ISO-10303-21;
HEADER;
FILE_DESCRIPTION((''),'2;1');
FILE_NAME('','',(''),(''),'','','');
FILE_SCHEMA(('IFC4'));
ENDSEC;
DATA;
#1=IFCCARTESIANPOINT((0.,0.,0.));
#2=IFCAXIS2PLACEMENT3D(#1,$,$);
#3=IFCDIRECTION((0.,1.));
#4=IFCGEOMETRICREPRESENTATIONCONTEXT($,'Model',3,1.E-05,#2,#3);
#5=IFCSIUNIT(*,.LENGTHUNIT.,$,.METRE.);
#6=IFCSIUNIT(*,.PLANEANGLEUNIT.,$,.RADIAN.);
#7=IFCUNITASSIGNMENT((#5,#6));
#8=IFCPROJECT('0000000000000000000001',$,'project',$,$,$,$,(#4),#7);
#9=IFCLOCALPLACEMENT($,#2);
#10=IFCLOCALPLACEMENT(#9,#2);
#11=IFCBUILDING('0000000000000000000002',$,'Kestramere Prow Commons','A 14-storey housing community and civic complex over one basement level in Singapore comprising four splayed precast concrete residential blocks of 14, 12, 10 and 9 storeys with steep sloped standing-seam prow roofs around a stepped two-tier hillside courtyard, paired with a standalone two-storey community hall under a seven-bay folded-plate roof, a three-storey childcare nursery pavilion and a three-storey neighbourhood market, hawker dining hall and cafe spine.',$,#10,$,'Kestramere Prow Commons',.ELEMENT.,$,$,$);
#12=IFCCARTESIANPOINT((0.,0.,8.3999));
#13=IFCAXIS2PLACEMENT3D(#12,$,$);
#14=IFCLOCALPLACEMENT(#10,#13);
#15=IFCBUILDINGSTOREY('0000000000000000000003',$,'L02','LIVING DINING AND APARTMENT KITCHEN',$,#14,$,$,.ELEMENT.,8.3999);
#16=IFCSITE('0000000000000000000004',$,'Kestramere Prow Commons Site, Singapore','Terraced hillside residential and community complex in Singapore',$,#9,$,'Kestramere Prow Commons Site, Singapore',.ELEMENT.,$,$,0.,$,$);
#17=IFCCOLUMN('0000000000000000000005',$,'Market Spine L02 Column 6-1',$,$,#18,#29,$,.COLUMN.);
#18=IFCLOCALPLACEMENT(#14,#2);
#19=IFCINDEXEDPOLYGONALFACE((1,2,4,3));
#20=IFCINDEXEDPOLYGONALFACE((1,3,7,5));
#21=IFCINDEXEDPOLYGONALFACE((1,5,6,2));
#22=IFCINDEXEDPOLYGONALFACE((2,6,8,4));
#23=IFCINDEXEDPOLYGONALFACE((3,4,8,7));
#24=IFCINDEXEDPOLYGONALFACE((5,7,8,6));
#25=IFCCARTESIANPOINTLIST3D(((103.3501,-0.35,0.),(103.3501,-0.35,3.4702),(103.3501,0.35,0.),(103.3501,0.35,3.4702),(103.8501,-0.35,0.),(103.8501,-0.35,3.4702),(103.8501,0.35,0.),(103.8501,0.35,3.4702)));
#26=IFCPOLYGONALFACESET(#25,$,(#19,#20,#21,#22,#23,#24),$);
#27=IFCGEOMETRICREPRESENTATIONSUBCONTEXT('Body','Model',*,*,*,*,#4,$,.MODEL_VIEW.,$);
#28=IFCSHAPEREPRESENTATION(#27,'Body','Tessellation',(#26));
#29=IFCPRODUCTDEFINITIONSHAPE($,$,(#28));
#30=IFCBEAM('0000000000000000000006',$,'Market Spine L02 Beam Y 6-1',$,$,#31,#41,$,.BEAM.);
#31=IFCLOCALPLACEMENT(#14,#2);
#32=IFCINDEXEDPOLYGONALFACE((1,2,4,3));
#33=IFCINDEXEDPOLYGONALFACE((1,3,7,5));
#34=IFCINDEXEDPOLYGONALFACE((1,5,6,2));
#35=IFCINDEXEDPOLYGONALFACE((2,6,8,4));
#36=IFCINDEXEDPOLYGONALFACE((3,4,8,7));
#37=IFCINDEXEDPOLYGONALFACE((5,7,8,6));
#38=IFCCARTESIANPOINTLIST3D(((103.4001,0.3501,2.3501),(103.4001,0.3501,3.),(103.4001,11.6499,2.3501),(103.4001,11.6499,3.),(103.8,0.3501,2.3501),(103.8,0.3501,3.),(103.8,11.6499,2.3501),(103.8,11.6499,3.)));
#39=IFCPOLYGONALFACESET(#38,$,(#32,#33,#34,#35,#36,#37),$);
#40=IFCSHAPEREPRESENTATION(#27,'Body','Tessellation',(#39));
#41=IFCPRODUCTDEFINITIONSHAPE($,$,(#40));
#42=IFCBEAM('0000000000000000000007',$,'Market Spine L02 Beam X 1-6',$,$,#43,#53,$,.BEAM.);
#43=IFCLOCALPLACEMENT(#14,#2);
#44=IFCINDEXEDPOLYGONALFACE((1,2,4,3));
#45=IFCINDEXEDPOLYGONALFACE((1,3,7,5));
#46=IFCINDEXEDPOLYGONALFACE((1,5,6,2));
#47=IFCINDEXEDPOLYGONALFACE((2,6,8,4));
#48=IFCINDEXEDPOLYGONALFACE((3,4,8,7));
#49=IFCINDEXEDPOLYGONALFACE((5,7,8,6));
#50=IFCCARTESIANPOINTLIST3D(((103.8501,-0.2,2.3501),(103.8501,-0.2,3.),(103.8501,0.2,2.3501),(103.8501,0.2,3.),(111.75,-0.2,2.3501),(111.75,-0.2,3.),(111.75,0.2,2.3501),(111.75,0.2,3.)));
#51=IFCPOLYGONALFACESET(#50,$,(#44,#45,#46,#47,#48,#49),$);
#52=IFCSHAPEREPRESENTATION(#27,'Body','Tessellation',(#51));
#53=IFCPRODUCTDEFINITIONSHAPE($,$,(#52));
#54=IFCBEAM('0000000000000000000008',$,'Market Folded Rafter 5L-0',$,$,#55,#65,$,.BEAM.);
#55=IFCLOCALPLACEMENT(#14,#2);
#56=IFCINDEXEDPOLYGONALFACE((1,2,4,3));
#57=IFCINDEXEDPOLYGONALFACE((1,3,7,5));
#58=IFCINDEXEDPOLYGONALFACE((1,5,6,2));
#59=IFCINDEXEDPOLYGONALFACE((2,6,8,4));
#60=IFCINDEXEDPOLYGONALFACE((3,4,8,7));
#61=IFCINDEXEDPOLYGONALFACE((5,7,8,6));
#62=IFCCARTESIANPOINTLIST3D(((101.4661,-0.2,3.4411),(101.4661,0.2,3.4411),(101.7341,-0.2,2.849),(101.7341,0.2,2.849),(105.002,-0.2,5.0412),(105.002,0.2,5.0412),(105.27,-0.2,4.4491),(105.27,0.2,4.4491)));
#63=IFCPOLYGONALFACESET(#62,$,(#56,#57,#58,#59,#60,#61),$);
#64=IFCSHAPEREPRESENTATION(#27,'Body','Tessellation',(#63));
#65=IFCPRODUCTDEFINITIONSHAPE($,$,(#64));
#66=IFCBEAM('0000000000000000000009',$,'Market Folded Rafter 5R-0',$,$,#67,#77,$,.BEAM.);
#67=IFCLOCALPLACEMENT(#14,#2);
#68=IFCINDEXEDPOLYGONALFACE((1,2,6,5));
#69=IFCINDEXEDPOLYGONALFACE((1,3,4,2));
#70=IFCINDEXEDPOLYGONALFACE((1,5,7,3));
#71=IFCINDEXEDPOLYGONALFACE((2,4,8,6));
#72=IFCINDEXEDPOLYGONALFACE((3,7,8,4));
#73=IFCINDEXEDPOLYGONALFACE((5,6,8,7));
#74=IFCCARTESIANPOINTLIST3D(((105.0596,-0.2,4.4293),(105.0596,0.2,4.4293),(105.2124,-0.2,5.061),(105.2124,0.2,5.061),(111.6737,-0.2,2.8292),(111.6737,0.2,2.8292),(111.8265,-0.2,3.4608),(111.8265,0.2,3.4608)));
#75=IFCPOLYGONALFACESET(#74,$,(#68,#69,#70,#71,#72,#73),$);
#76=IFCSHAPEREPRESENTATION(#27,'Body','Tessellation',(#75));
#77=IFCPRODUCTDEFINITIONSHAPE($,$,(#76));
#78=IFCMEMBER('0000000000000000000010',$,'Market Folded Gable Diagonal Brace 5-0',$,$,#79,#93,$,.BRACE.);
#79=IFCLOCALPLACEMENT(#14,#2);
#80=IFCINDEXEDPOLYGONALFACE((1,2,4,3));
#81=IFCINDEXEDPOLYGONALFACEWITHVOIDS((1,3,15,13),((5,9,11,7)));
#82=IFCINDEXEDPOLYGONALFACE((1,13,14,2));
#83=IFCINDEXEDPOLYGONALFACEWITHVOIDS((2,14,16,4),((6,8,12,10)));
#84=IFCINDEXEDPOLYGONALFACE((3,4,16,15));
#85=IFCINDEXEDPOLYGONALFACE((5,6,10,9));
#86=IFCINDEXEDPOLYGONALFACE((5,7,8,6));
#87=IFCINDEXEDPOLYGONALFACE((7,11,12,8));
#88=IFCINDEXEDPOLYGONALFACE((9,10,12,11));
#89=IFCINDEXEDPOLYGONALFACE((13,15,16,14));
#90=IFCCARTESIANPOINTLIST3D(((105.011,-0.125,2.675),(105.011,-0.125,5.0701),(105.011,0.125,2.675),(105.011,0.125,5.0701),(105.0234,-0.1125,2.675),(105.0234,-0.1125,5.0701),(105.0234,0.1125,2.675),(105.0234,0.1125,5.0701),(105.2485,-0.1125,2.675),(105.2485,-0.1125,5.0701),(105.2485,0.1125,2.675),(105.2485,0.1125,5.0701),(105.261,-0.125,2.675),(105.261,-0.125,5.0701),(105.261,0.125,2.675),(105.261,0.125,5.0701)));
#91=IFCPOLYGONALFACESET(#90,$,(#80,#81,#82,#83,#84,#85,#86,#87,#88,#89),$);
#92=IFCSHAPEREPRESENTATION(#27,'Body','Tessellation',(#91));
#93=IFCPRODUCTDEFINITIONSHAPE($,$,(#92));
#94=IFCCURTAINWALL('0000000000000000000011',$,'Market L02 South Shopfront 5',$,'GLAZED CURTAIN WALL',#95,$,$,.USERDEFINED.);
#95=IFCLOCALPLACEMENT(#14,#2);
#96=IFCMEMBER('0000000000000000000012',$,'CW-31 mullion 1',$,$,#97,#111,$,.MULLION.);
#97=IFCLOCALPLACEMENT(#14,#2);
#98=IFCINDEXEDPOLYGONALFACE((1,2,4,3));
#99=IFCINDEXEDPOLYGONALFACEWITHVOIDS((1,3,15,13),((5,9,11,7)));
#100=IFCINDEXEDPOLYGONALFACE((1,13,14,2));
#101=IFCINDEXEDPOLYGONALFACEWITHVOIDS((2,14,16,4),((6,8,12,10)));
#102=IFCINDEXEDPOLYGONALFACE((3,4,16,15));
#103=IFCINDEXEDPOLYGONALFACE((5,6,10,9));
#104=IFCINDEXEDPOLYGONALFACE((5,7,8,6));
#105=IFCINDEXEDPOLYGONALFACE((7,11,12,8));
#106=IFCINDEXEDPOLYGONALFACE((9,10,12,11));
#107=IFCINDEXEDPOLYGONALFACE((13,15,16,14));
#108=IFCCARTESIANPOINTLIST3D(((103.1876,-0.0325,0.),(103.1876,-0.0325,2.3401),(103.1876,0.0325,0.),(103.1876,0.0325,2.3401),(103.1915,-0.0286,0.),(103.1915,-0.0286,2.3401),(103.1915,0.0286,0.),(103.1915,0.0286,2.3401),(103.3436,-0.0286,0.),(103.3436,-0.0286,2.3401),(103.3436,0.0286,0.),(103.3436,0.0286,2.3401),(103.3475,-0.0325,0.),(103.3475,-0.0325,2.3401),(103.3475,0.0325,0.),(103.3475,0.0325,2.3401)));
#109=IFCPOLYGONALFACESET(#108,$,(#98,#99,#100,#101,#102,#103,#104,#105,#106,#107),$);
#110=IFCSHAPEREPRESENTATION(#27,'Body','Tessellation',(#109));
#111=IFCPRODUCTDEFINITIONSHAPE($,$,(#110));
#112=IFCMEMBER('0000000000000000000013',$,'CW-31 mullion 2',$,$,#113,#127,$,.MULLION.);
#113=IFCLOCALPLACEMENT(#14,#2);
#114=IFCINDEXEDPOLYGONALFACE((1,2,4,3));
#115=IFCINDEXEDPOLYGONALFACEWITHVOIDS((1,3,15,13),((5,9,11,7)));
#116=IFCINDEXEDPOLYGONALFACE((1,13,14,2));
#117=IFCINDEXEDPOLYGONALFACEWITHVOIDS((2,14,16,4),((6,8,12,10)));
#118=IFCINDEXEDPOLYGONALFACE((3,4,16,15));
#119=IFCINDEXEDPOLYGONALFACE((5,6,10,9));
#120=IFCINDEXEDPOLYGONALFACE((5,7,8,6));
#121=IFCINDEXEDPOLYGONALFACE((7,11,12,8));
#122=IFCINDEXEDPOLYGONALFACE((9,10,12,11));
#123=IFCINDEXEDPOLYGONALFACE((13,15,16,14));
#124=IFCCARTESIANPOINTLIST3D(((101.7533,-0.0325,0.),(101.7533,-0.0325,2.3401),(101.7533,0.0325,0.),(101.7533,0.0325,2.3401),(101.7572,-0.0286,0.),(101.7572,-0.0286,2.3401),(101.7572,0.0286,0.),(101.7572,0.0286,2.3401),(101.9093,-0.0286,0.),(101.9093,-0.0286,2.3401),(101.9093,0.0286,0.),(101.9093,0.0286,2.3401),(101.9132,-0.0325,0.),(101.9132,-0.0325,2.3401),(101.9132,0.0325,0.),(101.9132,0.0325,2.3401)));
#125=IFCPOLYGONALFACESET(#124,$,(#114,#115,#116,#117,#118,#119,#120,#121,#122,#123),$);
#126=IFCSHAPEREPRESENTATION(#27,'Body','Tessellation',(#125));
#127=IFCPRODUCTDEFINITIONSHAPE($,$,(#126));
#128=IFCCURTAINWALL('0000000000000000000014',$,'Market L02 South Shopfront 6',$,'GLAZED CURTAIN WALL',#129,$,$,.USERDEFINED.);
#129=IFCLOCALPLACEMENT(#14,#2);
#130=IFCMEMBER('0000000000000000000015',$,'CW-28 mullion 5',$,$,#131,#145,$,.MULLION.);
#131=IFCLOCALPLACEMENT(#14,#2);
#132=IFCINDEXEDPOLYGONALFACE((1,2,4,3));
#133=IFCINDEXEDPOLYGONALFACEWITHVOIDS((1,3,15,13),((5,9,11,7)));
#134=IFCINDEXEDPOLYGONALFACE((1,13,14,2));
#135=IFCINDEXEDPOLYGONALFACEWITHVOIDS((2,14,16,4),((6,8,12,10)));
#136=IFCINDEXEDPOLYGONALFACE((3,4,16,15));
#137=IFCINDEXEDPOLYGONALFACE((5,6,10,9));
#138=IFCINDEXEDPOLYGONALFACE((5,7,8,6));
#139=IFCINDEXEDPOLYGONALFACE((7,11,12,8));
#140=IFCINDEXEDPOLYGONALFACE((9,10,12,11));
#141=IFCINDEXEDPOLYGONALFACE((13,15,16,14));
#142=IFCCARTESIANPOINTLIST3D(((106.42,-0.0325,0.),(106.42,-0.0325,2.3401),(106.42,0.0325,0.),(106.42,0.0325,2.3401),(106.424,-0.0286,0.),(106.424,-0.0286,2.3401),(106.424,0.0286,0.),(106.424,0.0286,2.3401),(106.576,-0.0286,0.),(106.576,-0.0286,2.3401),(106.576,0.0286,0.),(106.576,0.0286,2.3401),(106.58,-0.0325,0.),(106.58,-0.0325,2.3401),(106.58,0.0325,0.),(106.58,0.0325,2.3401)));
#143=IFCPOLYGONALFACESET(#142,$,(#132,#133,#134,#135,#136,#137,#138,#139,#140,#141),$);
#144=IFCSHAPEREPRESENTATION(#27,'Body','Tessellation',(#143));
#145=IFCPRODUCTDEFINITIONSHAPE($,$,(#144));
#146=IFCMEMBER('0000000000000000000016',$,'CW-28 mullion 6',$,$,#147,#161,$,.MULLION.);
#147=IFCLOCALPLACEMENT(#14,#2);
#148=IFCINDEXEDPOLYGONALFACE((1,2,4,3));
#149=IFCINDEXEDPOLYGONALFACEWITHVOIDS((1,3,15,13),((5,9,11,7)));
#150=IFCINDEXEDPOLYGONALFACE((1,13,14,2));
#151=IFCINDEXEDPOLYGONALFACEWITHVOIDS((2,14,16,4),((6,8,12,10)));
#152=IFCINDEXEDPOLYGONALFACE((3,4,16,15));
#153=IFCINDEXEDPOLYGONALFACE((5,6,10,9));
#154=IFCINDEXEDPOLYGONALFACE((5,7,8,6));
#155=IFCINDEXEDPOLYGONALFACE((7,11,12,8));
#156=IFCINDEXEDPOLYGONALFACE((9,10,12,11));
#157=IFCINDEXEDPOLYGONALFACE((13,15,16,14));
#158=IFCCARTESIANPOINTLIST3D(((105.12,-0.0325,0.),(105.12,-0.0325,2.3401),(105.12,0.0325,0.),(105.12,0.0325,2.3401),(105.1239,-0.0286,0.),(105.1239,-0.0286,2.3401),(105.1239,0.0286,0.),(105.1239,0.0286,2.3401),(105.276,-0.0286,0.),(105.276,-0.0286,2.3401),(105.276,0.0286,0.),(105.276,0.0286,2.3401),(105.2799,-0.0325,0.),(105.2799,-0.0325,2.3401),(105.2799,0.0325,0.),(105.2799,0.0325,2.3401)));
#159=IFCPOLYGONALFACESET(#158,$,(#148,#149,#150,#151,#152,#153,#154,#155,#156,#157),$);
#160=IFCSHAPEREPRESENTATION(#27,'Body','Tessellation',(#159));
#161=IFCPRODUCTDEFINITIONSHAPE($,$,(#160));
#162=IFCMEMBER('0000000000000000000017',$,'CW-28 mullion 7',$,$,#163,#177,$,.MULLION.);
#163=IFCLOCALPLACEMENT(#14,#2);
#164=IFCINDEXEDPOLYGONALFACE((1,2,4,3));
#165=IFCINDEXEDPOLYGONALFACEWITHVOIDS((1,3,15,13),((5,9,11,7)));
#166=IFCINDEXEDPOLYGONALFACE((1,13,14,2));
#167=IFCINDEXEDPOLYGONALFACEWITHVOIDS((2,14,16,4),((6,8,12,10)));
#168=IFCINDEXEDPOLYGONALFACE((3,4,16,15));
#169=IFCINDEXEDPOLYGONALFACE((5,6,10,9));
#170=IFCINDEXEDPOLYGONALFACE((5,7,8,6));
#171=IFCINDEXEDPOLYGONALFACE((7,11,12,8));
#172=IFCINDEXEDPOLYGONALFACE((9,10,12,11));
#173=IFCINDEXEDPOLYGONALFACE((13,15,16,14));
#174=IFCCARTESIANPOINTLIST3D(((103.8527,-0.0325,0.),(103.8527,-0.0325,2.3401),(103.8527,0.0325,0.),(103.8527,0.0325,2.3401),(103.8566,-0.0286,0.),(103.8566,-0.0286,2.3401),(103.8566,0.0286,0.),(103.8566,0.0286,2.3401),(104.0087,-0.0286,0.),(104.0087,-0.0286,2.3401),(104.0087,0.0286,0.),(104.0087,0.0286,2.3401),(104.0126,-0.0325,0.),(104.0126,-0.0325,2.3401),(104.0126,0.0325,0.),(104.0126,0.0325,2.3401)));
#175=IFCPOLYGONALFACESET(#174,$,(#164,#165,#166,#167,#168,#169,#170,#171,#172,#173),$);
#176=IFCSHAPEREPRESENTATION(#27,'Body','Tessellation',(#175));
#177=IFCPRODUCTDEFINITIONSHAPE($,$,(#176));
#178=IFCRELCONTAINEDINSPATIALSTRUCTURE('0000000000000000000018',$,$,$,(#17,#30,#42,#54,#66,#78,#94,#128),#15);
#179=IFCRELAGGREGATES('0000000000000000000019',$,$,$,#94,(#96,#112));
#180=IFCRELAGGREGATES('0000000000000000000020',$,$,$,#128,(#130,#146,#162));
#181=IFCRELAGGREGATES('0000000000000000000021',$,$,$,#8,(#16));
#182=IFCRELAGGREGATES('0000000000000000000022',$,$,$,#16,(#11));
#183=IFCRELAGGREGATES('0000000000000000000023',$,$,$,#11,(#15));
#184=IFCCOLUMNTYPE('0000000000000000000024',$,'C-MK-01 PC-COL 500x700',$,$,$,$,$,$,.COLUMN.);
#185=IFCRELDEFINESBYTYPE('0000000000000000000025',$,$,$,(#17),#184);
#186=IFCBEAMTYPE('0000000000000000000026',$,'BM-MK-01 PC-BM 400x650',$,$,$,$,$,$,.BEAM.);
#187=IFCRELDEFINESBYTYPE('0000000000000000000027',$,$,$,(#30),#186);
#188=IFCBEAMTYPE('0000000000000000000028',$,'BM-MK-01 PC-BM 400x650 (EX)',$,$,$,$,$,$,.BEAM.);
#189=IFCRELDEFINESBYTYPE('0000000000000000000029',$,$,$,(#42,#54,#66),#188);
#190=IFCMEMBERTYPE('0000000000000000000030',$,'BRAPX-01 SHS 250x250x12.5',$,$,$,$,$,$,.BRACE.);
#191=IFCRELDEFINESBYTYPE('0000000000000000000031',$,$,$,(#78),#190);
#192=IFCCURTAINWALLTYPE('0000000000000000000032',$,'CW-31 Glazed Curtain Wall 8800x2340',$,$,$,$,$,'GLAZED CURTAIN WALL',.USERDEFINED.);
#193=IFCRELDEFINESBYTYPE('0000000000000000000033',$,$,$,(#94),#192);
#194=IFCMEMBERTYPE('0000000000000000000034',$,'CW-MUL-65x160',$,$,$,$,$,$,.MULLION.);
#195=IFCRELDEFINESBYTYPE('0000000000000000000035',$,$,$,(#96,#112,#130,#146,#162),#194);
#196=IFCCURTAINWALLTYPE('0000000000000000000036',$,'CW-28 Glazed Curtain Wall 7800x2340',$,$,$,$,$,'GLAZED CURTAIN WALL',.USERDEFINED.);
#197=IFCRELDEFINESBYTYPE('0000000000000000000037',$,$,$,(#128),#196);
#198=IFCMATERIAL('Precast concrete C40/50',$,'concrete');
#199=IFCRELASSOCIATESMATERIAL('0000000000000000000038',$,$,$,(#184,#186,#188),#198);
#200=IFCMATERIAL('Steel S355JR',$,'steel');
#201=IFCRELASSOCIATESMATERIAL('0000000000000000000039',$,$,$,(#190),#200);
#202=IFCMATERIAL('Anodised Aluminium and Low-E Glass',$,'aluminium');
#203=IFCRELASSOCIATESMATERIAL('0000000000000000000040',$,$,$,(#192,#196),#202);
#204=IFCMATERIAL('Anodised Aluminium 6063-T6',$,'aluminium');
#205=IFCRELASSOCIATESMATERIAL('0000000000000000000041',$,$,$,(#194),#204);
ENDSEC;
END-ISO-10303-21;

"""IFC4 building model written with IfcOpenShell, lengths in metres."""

from ifc_helpers import new_model, si_unit, direction, frame, origin, origin_2d, place, context, subcontext, project, spatial, rectangle, hollow_rectangle, extrude, material, material_profile, profile_set, type_object, element, aggregate, save


model = new_model("IFC4")

# Units and contexts
model_context = context("Model", 3, precision=1e-05, world=origin(), true_north=direction((0.0, 1.0)))
body_context = subcontext(model_context, "Body", "Model", "MODEL_VIEW")
ifc_project = project(units=[si_unit("LENGTHUNIT", "METRE"), si_unit("PLANEANGLEUNIT", "RADIAN")], contexts=[model_context])

# Site, building, storey
site_placement = place(None, origin())
site = spatial("IfcSite", under=ifc_project, at=site_placement, Name="Kestramere Prow Commons Site, Singapore", Description="Terraced hillside residential and community complex in Singapore", LongName="Kestramere Prow Commons Site, Singapore", CompositionType="ELEMENT", RefElevation=0.0)
building_placement = place(site_placement, origin())
building = spatial("IfcBuilding", under=site, at=building_placement, Name="Kestramere Prow Commons", Description="A 14-storey housing community and civic complex over one basement level in Singapore comprising four splayed precast concrete residential blocks of 14, 12, 10 and 9 storeys with steep sloped standing-seam prow roofs around a stepped two-tier hillside courtyard, paired with a standalone two-storey community hall under a seven-bay folded-plate roof, a three-storey childcare nursery pavilion and a three-storey neighbourhood market, hawker dining hall and cafe spine.", LongName="Kestramere Prow Commons", CompositionType="ELEMENT")
storey_placement = place(building_placement, frame((0.0, 0.0, 8.3999)))
storey = spatial("IfcBuildingStorey", under=building, at=storey_placement, Name="L02", Description="LIVING DINING AND APARTMENT KITCHEN", CompositionType="ELEMENT", Elevation=8.3999)

# Column
ifc_material_1 = material(Name="Precast concrete C40/50", Category="concrete")
ifc_material_profile_1 = material_profile(ifc_material_1, rectangle(XDim=0.5, YDim=0.7, at=origin_2d()), Name="PC-COL 500x700")
ifc_profile_set_1 = profile_set([ifc_material_profile_1], Name="Precast concrete C40/50")
column_type = type_object("IfcColumnType", Name="C-MK-01 PC-COL 500x700", PredefinedType="COLUMN", material=ifc_profile_set_1)
column_placement = place(storey_placement, frame((103.6001, 0.0, 0.0), z_axis=(0.0, 0.0, 1.0), x_axis=(1.0, 0.0, 0.0)))
element("IfcColumn", 1, at=column_placement, inside=storey, type_object=column_type, Name="Market Spine L02 Column 6-1", PredefinedType="COLUMN", context=body_context, shape_type="SweptSolid", body=[
    extrude(rectangle(XDim=0.5, YDim=0.7, at=origin_2d()), origin(), (0.0, 0.0, 1.0), 3.4702),
])

# Beams
ifc_material_profile_2 = material_profile(ifc_material_1, rectangle(XDim=0.3999, YDim=0.6499, at=origin_2d()), Name="PC-BM 400x650")
ifc_profile_set_2 = profile_set([ifc_material_profile_2], Name="Precast concrete C40/50")
beam_type_1 = type_object("IfcBeamType", Name="BM-MK-01 PC-BM 400x650", PredefinedType="BEAM", material=ifc_profile_set_2)
beam_1_placement = place(storey_placement, frame((103.6001, 0.3501, 2.675), z_axis=(0.0, 1.0, 0.0), x_axis=(-1.0, 0.0, 0.0)))
element("IfcBeam", 2, at=beam_1_placement, inside=storey, type_object=beam_type_1, Name="Market Spine L02 Beam Y 6-1", PredefinedType="BEAM", context=body_context, shape_type="SweptSolid", body=[
    extrude(rectangle(XDim=0.3999, YDim=0.6499, at=origin_2d()), origin(), (0.0, 0.0, 1.0), 11.2998),
])
ifc_material_profile_3 = material_profile(ifc_material_1, rectangle(XDim=0.3999, YDim=0.6499, at=origin_2d()), Name="PC-BM 400x650")
ifc_profile_set_3 = profile_set([ifc_material_profile_3], Name="Precast concrete C40/50")
beam_type_2 = type_object("IfcBeamType", Name="BM-MK-01 PC-BM 400x650 (EX)", PredefinedType="BEAM", material=ifc_profile_set_3)
beam_2_placement = place(storey_placement, frame((103.8501, 0.0, 2.675), z_axis=(1.0, 0.0, 0.0), x_axis=(0.0, 1.0, 0.0)))
element("IfcBeam", 3, at=beam_2_placement, inside=storey, type_object=beam_type_2, Name="Market Spine L02 Beam X 1-6", PredefinedType="BEAM", context=body_context, shape_type="SweptSolid", body=[
    extrude(rectangle(XDim=0.3999, YDim=0.6499, at=origin_2d()), origin(), (0.0, 0.0, 1.0), 7.8999),
])
beam_3_placement = place(storey_placement, frame((101.6001, 0.0, 3.145), z_axis=(0.911057, 0.0, 0.412281), x_axis=(0.0, 1.0, 0.0)))
element("IfcBeam", 4, at=beam_3_placement, inside=storey, type_object=beam_type_2, Name="Market Folded Rafter 5L-0", PredefinedType="BEAM", context=body_context, shape_type="SweptSolid", body=[
    extrude(rectangle(XDim=0.3999, YDim=0.6499, at=origin_2d()), origin(), (0.0, 0.0, 1.0), 3.8811),
])
beam_4_placement = place(storey_placement, frame((105.136, 0.0, 4.7451), z_axis=(0.971961, 0.0, -0.235142), x_axis=(0.0, 1.0, 0.0)))
element("IfcBeam", 5, at=beam_4_placement, inside=storey, type_object=beam_type_2, Name="Market Folded Rafter 5R-0", PredefinedType="BEAM", context=body_context, shape_type="SweptSolid", body=[
    extrude(rectangle(XDim=0.3999, YDim=0.6499, at=origin_2d()), origin(), (0.0, 0.0, 1.0), 6.8049),
])

# Member
ifc_material_2 = material(Name="Steel S355JR", Category="steel")
ifc_material_profile_4 = material_profile(ifc_material_2, hollow_rectangle(XDim=0.25, YDim=0.25, WallThickness=0.0125, at=origin_2d()), Name="SHS 250x250x12.5")
ifc_profile_set_4 = profile_set([ifc_material_profile_4], Name="Steel S355JR")
member_type_1 = type_object("IfcMemberType", Name="BRAPX-01 SHS 250x250x12.5", PredefinedType="BRACE", material=ifc_profile_set_4)
member_1_placement = place(storey_placement, frame((105.136, 0.0, 2.675), z_axis=(0.0, 0.0, 1.0), x_axis=(1.0, 0.0, 0.0)))
element("IfcMember", 6, at=member_1_placement, inside=storey, type_object=member_type_1, Name="Market Folded Gable Diagonal Brace 5-0", PredefinedType="BRACE", context=body_context, shape_type="SweptSolid", body=[
    extrude(hollow_rectangle(XDim=0.25, YDim=0.25, WallThickness=0.0125, at=origin_2d()), origin(), (0.0, 0.0, 1.0), 2.395),
])

# Curtain walls, members
ifc_material_3 = material(Name="Anodised Aluminium and Low-E Glass", Category="aluminium")
curtain_wall_type_1 = type_object("IfcCurtainWallType", Name="CW-31 Glazed Curtain Wall 8800x2340", ElementType="GLAZED CURTAIN WALL", PredefinedType="USERDEFINED", material=ifc_material_3)
curtain_wall_1_placement = place(storey_placement, origin())
curtain_wall_1 = element("IfcCurtainWall", 7, at=curtain_wall_1_placement, inside=storey, type_object=curtain_wall_type_1, Name="Market L02 South Shopfront 5", ObjectType="GLAZED CURTAIN WALL", PredefinedType="USERDEFINED")
ifc_material_4 = material(Name="Anodised Aluminium 6063-T6", Category="aluminium")
ifc_material_profile_5 = material_profile(ifc_material_4, hollow_rectangle(XDim=0.0649, YDim=0.1599, WallThickness=0.0039, at=origin_2d()), Name="ALU-MUL 65x160")
ifc_profile_set_5 = profile_set([ifc_material_profile_5], Name="Anodised Aluminium 6063-T6")
member_type_2 = type_object("IfcMemberType", Name="CW-MUL-65x160", PredefinedType="MULLION", material=ifc_profile_set_5)
member_2_placement = place(storey_placement, frame((103.2676, 0.0, 0.0), z_axis=(0.0, 0.0, 1.0), x_axis=(0.0, -1.0, 0.0)))
member_2 = element("IfcMember", 8, at=member_2_placement, type_object=member_type_2, Name="CW-31 mullion 1", PredefinedType="MULLION", context=body_context, shape_type="SweptSolid", body=[
    extrude(hollow_rectangle(XDim=0.0649, YDim=0.1599, WallThickness=0.0039, at=origin_2d()), origin(), (0.0, 0.0, 1.0), 2.3401),
])
member_3_placement = place(storey_placement, frame((101.8333, 0.0, 0.0), z_axis=(0.0, 0.0, 1.0), x_axis=(0.0, -1.0, 0.0)))
member_3 = element("IfcMember", 9, at=member_3_placement, type_object=member_type_2, Name="CW-31 mullion 2", PredefinedType="MULLION", context=body_context, shape_type="SweptSolid", body=[
    extrude(hollow_rectangle(XDim=0.0649, YDim=0.1599, WallThickness=0.0039, at=origin_2d()), origin(), (0.0, 0.0, 1.0), 2.3401),
])
curtain_wall_type_2 = type_object("IfcCurtainWallType", Name="CW-28 Glazed Curtain Wall 7800x2340", ElementType="GLAZED CURTAIN WALL", PredefinedType="USERDEFINED", material=ifc_material_3)
curtain_wall_2_placement = place(storey_placement, origin())
curtain_wall_2 = element("IfcCurtainWall", 10, at=curtain_wall_2_placement, inside=storey, type_object=curtain_wall_type_2, Name="Market L02 South Shopfront 6", ObjectType="GLAZED CURTAIN WALL", PredefinedType="USERDEFINED")
member_4_placement = place(storey_placement, frame((106.5, 0.0, 0.0), z_axis=(0.0, 0.0, 1.0), x_axis=(0.0, -1.0, 0.0)))
member_4 = element("IfcMember", 11, at=member_4_placement, type_object=member_type_2, Name="CW-28 mullion 5", PredefinedType="MULLION", context=body_context, shape_type="SweptSolid", body=[
    extrude(hollow_rectangle(XDim=0.0649, YDim=0.1599, WallThickness=0.0039, at=origin_2d()), origin(), (0.0, 0.0, 1.0), 2.3401),
])
member_5_placement = place(storey_placement, frame((105.2, 0.0, 0.0), z_axis=(0.0, 0.0, 1.0), x_axis=(0.0, -1.0, 0.0)))
member_5 = element("IfcMember", 12, at=member_5_placement, type_object=member_type_2, Name="CW-28 mullion 6", PredefinedType="MULLION", context=body_context, shape_type="SweptSolid", body=[
    extrude(hollow_rectangle(XDim=0.0649, YDim=0.1599, WallThickness=0.0039, at=origin_2d()), origin(), (0.0, 0.0, 1.0), 2.3401),
])
member_6_placement = place(storey_placement, frame((103.9326, 0.0, 0.0), z_axis=(0.0, 0.0, 1.0), x_axis=(0.0, -1.0, 0.0)))
member_6 = element("IfcMember", 13, at=member_6_placement, type_object=member_type_2, Name="CW-28 mullion 7", PredefinedType="MULLION", context=body_context, shape_type="SweptSolid", body=[
    extrude(hollow_rectangle(XDim=0.0649, YDim=0.1599, WallThickness=0.0039, at=origin_2d()), origin(), (0.0, 0.0, 1.0), 2.3401),
])

aggregate(curtain_wall_1, [member_2, member_3])
aggregate(curtain_wall_2, [member_4, member_5, member_6])

save(model, "model.ifc")
